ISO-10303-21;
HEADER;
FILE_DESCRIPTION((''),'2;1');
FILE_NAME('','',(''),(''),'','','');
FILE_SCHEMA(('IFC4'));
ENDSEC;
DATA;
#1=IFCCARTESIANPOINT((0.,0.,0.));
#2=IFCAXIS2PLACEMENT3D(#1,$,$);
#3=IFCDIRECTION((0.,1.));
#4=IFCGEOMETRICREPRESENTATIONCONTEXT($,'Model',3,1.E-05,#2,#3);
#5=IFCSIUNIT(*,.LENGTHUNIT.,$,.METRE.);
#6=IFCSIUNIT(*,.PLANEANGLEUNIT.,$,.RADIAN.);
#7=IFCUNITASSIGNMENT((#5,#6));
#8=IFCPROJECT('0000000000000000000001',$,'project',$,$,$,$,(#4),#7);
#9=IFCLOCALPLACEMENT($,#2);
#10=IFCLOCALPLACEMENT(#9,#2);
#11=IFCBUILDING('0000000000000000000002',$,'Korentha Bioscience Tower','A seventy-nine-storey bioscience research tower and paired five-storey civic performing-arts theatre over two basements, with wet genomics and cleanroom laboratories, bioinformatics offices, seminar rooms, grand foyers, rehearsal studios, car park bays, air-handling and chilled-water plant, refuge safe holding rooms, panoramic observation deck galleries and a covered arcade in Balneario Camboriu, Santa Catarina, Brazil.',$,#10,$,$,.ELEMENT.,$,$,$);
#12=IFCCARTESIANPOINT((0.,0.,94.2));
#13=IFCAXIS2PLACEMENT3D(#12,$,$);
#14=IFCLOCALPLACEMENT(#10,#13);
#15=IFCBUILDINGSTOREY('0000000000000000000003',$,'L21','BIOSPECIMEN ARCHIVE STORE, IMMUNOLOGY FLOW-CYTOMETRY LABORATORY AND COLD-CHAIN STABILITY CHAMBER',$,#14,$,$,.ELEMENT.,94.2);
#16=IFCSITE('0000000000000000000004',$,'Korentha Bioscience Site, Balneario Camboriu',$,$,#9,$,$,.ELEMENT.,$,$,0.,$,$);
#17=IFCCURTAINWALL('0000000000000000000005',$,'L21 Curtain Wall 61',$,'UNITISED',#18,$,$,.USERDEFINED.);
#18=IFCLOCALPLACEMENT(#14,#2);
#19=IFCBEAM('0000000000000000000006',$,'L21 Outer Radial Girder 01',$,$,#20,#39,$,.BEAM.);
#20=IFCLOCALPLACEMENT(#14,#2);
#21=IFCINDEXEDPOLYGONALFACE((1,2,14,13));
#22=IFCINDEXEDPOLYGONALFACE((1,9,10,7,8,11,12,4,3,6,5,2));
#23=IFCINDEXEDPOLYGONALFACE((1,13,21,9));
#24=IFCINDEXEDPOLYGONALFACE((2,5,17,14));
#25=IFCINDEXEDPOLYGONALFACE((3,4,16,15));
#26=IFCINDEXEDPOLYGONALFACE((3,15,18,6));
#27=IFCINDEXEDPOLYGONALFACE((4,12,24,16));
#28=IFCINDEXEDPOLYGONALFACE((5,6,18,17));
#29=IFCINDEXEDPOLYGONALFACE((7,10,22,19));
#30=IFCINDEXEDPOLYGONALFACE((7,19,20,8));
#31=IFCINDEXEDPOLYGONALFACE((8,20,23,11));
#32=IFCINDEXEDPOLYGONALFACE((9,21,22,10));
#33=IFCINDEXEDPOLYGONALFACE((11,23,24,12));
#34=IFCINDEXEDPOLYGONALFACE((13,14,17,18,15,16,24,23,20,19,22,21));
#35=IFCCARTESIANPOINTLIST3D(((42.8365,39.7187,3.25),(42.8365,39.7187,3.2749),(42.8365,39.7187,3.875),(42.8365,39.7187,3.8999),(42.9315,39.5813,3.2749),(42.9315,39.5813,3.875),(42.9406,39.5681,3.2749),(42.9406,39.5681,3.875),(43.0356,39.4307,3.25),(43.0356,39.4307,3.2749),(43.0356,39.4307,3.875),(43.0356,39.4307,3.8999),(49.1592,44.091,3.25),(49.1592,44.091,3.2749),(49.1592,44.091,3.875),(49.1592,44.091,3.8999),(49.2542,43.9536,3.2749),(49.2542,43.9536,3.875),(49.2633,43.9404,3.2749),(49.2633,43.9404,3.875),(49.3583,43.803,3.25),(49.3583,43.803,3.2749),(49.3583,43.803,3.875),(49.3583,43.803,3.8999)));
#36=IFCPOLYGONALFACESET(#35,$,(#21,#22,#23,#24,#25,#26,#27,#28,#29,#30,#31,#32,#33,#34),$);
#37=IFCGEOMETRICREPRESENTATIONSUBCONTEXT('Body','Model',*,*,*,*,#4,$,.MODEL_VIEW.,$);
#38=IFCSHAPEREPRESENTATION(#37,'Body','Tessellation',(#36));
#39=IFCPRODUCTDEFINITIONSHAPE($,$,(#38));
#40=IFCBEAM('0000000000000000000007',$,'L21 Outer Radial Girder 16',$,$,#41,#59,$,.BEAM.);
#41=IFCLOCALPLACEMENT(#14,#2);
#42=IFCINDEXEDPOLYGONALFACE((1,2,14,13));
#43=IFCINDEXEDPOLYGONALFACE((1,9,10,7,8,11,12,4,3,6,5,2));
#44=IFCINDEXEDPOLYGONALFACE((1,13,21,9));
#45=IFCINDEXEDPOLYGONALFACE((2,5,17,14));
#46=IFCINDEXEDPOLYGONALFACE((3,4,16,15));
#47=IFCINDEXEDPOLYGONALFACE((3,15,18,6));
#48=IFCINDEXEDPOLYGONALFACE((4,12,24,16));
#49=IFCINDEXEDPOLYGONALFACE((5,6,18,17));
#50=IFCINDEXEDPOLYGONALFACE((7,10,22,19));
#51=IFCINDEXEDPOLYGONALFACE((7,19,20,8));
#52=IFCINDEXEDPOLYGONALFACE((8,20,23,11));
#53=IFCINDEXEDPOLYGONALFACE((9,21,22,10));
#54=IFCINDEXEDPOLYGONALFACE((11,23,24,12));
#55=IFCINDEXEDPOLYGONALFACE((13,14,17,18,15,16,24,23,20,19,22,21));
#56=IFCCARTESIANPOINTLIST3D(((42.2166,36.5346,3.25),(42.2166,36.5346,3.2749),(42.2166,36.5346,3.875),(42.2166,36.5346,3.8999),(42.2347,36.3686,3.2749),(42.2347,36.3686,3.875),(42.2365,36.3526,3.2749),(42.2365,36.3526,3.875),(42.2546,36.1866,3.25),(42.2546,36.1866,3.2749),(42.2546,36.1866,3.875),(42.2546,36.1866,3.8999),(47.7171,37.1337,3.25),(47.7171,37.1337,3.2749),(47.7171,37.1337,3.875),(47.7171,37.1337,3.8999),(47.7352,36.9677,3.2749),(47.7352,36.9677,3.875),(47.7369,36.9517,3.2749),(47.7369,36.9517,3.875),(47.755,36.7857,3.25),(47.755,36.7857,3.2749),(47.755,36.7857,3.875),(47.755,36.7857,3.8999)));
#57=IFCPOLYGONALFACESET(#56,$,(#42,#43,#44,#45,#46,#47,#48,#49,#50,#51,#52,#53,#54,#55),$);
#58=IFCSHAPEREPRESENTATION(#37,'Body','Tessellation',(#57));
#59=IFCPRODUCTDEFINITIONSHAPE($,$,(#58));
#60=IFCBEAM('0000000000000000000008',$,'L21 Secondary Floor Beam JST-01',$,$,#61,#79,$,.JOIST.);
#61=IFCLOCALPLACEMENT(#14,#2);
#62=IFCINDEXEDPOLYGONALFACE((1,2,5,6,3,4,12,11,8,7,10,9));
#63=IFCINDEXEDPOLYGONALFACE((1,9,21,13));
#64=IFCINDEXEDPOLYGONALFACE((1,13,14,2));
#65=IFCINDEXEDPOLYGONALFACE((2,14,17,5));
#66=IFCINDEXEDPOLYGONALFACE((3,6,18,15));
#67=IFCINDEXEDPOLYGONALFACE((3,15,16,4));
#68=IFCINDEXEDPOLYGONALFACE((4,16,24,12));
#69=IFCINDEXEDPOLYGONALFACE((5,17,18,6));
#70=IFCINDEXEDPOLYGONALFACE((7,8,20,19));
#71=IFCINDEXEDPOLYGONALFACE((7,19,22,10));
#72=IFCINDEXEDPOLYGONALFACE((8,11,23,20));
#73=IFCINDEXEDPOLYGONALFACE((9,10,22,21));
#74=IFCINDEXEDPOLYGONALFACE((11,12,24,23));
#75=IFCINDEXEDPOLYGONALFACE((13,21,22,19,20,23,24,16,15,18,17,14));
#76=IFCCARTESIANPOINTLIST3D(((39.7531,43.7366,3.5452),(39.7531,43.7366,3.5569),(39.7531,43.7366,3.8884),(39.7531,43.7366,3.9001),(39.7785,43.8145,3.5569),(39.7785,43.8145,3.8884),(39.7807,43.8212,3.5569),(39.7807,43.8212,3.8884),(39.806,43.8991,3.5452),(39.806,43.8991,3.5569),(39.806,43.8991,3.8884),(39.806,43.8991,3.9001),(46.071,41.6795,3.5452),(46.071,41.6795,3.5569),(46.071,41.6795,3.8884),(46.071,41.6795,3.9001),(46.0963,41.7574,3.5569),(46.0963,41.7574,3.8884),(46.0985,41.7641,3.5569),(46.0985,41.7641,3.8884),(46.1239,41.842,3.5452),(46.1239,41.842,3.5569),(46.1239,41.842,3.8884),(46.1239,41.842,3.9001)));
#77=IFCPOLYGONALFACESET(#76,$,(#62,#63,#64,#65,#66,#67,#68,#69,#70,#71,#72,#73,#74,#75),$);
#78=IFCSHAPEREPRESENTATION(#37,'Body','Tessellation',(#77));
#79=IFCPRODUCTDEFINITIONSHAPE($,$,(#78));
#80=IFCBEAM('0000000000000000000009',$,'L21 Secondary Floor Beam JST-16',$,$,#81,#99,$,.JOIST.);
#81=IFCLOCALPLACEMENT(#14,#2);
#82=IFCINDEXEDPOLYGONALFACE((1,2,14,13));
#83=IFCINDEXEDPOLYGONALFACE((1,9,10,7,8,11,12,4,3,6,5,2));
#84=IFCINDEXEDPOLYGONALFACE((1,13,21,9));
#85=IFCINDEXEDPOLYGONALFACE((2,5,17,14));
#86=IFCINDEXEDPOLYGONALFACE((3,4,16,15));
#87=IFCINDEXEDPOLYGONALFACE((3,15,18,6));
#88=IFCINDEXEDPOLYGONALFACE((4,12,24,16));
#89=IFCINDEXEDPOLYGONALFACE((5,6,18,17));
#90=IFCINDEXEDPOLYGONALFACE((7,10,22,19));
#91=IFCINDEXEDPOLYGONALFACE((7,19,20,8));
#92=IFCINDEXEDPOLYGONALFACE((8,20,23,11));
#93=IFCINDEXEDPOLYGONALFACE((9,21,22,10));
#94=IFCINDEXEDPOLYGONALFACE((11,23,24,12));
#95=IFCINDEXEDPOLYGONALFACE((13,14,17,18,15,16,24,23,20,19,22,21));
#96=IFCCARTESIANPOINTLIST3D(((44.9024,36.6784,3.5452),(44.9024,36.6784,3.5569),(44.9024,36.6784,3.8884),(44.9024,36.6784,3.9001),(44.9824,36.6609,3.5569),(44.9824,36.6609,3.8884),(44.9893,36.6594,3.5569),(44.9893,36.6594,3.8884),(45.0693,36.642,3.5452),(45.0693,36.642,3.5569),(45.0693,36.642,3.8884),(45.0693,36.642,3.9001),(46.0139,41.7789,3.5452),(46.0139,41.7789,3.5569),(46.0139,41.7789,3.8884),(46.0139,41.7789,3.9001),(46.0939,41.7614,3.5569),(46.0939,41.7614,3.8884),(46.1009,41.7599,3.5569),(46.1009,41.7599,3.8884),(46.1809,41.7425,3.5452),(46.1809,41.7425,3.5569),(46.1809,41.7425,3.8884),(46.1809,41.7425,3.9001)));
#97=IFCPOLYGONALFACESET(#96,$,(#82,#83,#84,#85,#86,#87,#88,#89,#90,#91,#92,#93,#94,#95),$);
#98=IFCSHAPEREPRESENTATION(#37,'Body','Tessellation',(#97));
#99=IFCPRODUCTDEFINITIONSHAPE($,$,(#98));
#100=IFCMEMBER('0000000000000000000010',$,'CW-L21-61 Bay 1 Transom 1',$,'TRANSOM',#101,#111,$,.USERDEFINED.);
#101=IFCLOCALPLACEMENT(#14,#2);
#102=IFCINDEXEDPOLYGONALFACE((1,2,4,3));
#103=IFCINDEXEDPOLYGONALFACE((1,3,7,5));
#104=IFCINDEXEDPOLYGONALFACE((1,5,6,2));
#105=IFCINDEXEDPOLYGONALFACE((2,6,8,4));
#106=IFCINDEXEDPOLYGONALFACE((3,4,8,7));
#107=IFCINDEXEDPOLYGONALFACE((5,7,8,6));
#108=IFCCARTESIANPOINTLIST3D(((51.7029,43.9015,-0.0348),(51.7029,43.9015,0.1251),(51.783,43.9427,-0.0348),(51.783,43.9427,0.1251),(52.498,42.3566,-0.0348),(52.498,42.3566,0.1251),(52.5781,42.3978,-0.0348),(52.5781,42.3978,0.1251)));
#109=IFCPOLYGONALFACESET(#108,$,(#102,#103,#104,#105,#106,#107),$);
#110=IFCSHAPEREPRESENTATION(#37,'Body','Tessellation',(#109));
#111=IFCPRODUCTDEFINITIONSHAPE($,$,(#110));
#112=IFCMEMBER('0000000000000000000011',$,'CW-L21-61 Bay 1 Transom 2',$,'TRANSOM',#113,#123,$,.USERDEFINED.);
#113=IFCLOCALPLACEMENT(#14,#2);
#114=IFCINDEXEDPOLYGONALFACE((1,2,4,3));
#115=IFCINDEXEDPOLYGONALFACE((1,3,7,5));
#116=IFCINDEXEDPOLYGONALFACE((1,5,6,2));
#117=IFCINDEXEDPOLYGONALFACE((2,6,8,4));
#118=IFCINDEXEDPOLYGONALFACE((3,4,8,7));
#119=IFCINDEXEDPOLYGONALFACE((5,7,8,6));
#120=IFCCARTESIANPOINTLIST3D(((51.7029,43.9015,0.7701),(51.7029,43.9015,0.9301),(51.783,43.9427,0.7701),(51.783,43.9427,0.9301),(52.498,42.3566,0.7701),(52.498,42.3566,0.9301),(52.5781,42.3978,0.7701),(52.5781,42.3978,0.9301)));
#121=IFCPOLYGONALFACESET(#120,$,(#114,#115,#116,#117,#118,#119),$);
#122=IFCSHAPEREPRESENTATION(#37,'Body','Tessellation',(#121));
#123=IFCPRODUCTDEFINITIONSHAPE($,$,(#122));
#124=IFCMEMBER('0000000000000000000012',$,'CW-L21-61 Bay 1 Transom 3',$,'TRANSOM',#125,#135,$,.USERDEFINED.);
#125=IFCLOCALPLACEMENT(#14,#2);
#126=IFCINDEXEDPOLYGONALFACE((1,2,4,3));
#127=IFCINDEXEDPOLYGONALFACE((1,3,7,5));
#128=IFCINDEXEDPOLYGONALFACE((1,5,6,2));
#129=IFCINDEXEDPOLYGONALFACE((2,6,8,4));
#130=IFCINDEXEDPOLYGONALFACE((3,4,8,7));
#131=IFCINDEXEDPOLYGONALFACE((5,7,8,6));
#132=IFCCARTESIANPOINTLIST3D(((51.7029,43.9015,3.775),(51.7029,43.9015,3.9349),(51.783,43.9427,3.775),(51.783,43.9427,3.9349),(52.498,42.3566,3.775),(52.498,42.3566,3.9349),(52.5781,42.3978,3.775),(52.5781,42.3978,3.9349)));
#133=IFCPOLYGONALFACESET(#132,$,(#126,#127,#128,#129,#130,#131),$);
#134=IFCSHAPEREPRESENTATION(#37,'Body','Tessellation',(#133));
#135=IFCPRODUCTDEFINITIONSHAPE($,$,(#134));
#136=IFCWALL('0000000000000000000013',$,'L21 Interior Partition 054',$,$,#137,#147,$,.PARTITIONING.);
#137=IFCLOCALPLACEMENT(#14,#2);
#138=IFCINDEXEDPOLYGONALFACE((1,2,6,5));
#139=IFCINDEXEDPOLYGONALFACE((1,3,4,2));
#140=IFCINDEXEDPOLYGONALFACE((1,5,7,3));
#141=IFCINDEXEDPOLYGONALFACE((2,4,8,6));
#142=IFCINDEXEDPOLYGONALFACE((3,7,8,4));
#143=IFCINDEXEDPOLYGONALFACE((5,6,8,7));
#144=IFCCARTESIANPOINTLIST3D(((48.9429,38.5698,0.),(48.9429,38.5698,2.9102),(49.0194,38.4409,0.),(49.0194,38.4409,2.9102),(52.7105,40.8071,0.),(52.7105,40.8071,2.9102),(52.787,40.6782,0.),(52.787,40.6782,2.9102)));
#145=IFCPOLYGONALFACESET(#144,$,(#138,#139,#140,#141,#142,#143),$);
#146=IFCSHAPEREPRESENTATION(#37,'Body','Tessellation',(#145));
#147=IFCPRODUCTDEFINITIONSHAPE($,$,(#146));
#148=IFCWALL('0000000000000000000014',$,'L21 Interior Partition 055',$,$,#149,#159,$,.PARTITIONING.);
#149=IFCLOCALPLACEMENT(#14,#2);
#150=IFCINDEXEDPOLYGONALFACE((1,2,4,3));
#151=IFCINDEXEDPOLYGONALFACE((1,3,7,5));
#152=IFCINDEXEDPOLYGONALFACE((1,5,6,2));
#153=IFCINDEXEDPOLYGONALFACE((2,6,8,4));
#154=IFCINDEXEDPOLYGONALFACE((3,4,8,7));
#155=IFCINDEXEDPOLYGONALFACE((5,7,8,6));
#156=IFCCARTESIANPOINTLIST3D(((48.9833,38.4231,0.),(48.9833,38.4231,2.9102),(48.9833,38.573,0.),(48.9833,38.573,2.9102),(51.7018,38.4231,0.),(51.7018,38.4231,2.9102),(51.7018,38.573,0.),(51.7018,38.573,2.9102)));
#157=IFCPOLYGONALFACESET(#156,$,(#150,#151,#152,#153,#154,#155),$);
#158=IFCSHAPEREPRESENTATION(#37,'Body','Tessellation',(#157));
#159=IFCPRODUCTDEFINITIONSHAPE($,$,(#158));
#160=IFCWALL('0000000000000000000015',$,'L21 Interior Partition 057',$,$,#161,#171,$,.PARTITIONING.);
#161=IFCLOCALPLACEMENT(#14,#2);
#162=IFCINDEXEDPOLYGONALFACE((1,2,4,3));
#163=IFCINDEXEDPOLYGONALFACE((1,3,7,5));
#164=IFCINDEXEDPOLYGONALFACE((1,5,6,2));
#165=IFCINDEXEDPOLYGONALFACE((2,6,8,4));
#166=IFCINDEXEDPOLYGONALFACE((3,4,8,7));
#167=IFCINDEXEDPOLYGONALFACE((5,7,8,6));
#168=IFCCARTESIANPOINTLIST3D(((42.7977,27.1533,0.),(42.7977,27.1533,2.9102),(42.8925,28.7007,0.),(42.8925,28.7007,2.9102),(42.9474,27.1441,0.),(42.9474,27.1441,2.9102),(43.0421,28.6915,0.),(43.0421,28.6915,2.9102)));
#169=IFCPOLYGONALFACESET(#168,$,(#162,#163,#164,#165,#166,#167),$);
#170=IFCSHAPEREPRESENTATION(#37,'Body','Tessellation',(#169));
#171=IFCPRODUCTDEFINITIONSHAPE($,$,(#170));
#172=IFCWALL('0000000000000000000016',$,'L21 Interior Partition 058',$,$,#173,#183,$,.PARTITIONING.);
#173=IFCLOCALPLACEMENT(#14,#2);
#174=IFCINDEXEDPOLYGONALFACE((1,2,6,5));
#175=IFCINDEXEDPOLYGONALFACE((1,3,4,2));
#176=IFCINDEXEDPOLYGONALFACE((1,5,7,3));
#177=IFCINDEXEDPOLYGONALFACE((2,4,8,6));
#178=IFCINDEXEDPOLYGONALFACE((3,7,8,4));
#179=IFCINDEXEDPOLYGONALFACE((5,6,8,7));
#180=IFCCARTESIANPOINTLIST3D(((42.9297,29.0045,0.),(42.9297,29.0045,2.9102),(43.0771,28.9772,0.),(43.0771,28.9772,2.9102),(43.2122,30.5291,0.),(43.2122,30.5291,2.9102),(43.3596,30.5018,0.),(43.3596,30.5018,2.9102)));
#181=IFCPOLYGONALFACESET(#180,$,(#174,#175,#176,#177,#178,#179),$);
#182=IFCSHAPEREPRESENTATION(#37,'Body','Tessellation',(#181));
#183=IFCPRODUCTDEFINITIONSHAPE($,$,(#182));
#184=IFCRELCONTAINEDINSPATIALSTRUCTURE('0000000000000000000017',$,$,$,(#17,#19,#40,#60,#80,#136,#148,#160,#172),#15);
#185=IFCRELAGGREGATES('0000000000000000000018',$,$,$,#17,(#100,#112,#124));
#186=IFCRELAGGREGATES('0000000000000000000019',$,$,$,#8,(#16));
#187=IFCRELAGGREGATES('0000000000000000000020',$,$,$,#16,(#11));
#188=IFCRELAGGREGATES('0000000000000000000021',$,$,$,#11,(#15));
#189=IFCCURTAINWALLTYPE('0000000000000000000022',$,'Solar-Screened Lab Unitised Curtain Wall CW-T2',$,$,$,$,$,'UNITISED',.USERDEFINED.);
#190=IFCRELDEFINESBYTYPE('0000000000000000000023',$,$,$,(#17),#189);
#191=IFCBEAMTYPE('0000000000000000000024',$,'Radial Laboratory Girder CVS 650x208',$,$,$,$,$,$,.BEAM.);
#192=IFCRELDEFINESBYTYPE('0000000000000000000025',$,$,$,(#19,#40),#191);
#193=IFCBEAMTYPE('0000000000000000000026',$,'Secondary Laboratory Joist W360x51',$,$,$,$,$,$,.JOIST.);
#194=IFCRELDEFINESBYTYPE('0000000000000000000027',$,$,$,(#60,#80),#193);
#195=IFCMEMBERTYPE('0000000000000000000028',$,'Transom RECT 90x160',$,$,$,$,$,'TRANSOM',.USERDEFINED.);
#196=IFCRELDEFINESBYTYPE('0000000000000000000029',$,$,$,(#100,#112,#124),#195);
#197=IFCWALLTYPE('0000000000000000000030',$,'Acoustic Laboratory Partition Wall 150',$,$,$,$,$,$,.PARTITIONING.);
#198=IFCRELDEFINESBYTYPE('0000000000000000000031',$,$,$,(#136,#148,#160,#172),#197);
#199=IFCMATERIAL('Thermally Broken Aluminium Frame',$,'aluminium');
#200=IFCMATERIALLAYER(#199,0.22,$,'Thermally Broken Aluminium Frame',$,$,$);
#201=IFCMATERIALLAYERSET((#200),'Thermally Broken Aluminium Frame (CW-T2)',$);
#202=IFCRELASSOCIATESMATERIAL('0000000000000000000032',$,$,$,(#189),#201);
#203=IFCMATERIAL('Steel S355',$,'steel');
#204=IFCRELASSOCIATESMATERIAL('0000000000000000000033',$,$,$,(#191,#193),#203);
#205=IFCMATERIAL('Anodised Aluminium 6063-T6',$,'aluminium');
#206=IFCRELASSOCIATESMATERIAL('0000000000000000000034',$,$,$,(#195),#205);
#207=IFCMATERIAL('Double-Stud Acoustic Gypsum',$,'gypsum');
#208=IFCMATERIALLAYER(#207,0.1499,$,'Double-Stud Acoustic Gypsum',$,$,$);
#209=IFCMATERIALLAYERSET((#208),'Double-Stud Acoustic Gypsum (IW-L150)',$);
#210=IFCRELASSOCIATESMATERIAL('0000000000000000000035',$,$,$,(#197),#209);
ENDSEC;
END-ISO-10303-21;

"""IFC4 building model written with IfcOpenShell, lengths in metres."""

from ifc_helpers import new_model, si_unit, direction, frame, frame_2d, origin, origin_2d, place, context, subcontext, project, spatial, rectangle, i_section, extrude, material, layer, layer_set, material_profile, profile_set, type_object, element, aggregate, save


model = new_model("IFC4")

# Units and contexts
model_context = context("Model", 3, precision=1e-05, world=origin(), true_north=direction((0.0, 1.0)))
body_context = subcontext(model_context, "Body", "Model", "MODEL_VIEW")
ifc_project = project(units=[si_unit("LENGTHUNIT", "METRE"), si_unit("PLANEANGLEUNIT", "RADIAN")], contexts=[model_context])

# Site, building, storey
site_placement = place(None, origin())
site = spatial("IfcSite", under=ifc_project, at=site_placement, Name="Korentha Bioscience Site, Balneario Camboriu", CompositionType="ELEMENT", RefElevation=0.0)
building_placement = place(site_placement, origin())
building = spatial("IfcBuilding", under=site, at=building_placement, Name="Korentha Bioscience Tower", Description="A seventy-nine-storey bioscience research tower and paired five-storey civic performing-arts theatre over two basements, with wet genomics and cleanroom laboratories, bioinformatics offices, seminar rooms, grand foyers, rehearsal studios, car park bays, air-handling and chilled-water plant, refuge safe holding rooms, panoramic observation deck galleries and a covered arcade in Balneario Camboriu, Santa Catarina, Brazil.", CompositionType="ELEMENT")
storey_placement = place(building_placement, frame((0.0, 0.0, 94.2)))
storey = spatial("IfcBuildingStorey", under=building, at=storey_placement, Name="L21", Description="BIOSPECIMEN ARCHIVE STORE, IMMUNOLOGY FLOW-CYTOMETRY LABORATORY AND COLD-CHAIN STABILITY CHAMBER", CompositionType="ELEMENT", Elevation=94.2)

# Shared definitions
ifc_material_1 = material(Name="Steel S355", Category="steel")

# Curtain wall
ifc_material_2 = material(Name="Thermally Broken Aluminium Frame", Category="aluminium")
ifc_layer_1 = layer(ifc_material_2, 0.22, Name="Thermally Broken Aluminium Frame")
ifc_layer_set_1 = layer_set([ifc_layer_1], Name="Thermally Broken Aluminium Frame (CW-T2)")
curtain_wall_type = type_object("IfcCurtainWallType", Name="Solar-Screened Lab Unitised Curtain Wall CW-T2", ElementType="UNITISED", PredefinedType="USERDEFINED", material=ifc_layer_set_1)
curtain_wall_placement = place(storey_placement, origin())
curtain_wall = element("IfcCurtainWall", 1, at=curtain_wall_placement, inside=storey, type_object=curtain_wall_type, Name="L21 Curtain Wall 61", ObjectType="UNITISED", PredefinedType="USERDEFINED")
ifc_material_3 = material(Name="Anodised Aluminium 6063-T6", Category="aluminium")

# Beams
ifc_material_profile_1 = material_profile(ifc_material_1, i_section(OverallWidth=0.3501, OverallDepth=0.6499, WebThickness=0.0161, FlangeThickness=0.0249, at=origin_2d()), Name="Steel S355")
ifc_profile_set_1 = profile_set([ifc_material_profile_1], Name="Steel S355 (RB-650)")
beam_type_1 = type_object("IfcBeamType", Name="Radial Laboratory Girder CVS 650x208", PredefinedType="BEAM", material=ifc_profile_set_1)
beam_1_placement = place(storey_placement, frame((42.936, 39.5747, 3.575), z_axis=(0.822495, 0.568772, 0.0), x_axis=(-0.568772, 0.822495, 0.0)))
element("IfcBeam", 2, at=beam_1_placement, inside=storey, type_object=beam_type_1, Name="L21 Outer Radial Girder 01", PredefinedType="BEAM", context=body_context, shape_type="SweptSolid", body=[
    extrude(i_section(OverallWidth=0.3501, OverallDepth=0.6499, WebThickness=0.0161, FlangeThickness=0.0249, at=origin_2d()), origin(), (0.0, 0.0, 1.0), 7.6873),
])
beam_2_placement = place(storey_placement, frame((42.2356, 36.3606, 3.575), z_axis=(0.99412, 0.108281, 0.0), x_axis=(-0.108281, 0.99412, 0.0)))
element("IfcBeam", 3, at=beam_2_placement, inside=storey, type_object=beam_type_1, Name="L21 Outer Radial Girder 16", PredefinedType="BEAM", context=body_context, shape_type="SweptSolid", body=[
    extrude(i_section(OverallWidth=0.3501, OverallDepth=0.6499, WebThickness=0.0161, FlangeThickness=0.0249, at=origin_2d()), origin(), (0.0, 0.0, 1.0), 5.533),
])
ifc_material_profile_2 = material_profile(ifc_material_1, i_section(OverallWidth=0.1709, OverallDepth=0.355, WebThickness=0.0071, FlangeThickness=0.0117, at=origin_2d()), Name="Steel S355")
ifc_profile_set_2 = profile_set([ifc_material_profile_2], Name="Steel S355 (JB-360)")
beam_type_2 = type_object("IfcBeamType", Name="Secondary Laboratory Joist W360x51", PredefinedType="JOIST", material=ifc_profile_set_2)
beam_3_placement = place(storey_placement, frame((46.0974, 41.7607, 3.7227), z_axis=(-0.950865, 0.309606, 0.0), x_axis=(-0.309606, -0.950865, 0.0)))
element("IfcBeam", 4, at=beam_3_placement, inside=storey, type_object=beam_type_2, Name="L21 Secondary Floor Beam JST-01", PredefinedType="JOIST", context=body_context, shape_type="SweptSolid", body=[
    extrude(i_section(OverallWidth=0.1709, OverallDepth=0.355, WebThickness=0.0071, FlangeThickness=0.0117, at=origin_2d()), origin(), (0.0, 0.0, 1.0), 6.6443),
])
beam_4_placement = place(storey_placement, frame((44.9858, 36.6602, 3.7227), z_axis=(0.212932, 0.977067, 0.0), x_axis=(-0.977067, 0.212932, 0.0)))
element("IfcBeam", 5, at=beam_4_placement, inside=storey, type_object=beam_type_2, Name="L21 Secondary Floor Beam JST-16", PredefinedType="JOIST", context=body_context, shape_type="SweptSolid", body=[
    extrude(i_section(OverallWidth=0.1709, OverallDepth=0.355, WebThickness=0.0071, FlangeThickness=0.0117, at=origin_2d()), origin(), (0.0, 0.0, 1.0), 5.2202),
])

# Members
ifc_material_profile_3 = material_profile(ifc_material_3, rectangle(XDim=0.0901, YDim=0.1599, at=origin_2d()), Name="Anodised Aluminium 6063-T6")
ifc_profile_set_3 = profile_set([ifc_material_profile_3], Name="Anodised Aluminium 6063-T6 (CW-TRN)")
member_type_1 = type_object("IfcMemberType", Name="Transom RECT 90x160", ElementType="TRANSOM", PredefinedType="USERDEFINED", material=ifc_profile_set_3)
member_1_placement = place(storey_placement, frame((52.5381, 42.3772, 0.0452), z_axis=(-0.457637, 0.889139, 0.0), x_axis=(-0.889139, -0.457637, 0.0)))
member_1 = element("IfcMember", 6, at=member_1_placement, type_object=member_type_1, Name="CW-L21-61 Bay 1 Transom 1", ObjectType="TRANSOM", PredefinedType="USERDEFINED", context=body_context, shape_type="SweptSolid", body=[
    extrude(rectangle(XDim=0.0901, YDim=0.1599, at=origin_2d()), origin(), (0.0, 0.0, 1.0), 1.7375),
])
member_2_placement = place(storey_placement, frame((52.5381, 42.3772, 0.8501), z_axis=(-0.457637, 0.889139, 0.0), x_axis=(-0.889139, -0.457637, 0.0)))
member_2 = element("IfcMember", 7, at=member_2_placement, type_object=member_type_1, Name="CW-L21-61 Bay 1 Transom 2", ObjectType="TRANSOM", PredefinedType="USERDEFINED", context=body_context, shape_type="SweptSolid", body=[
    extrude(rectangle(XDim=0.0901, YDim=0.1599, at=origin_2d()), origin(), (0.0, 0.0, 1.0), 1.7375),
])
member_3_placement = place(storey_placement, frame((52.5381, 42.3772, 3.855), z_axis=(-0.457637, 0.889139, 0.0), x_axis=(-0.889139, -0.457637, 0.0)))
member_3 = element("IfcMember", 8, at=member_3_placement, type_object=member_type_1, Name="CW-L21-61 Bay 1 Transom 3", ObjectType="TRANSOM", PredefinedType="USERDEFINED", context=body_context, shape_type="SweptSolid", body=[
    extrude(rectangle(XDim=0.0901, YDim=0.1599, at=origin_2d()), origin(), (0.0, 0.0, 1.0), 1.7375),
])
aggregate(curtain_wall, [member_1, member_2, member_3])

# Walls
ifc_material_4 = material(Name="Double-Stud Acoustic Gypsum", Category="gypsum")
ifc_layer_2 = layer(ifc_material_4, 0.1499, Name="Double-Stud Acoustic Gypsum")
ifc_layer_set_2 = layer_set([ifc_layer_2], Name="Double-Stud Acoustic Gypsum (IW-L150)")
wall_type_1 = type_object("IfcWallType", Name="Acoustic Laboratory Partition Wall 150", PredefinedType="PARTITIONING", material=ifc_layer_set_2)
wall_1_placement = place(storey_placement, frame((52.7488, 40.7427, 0.0), z_axis=(0.0, 0.0, 1.0), x_axis=(-0.859824, -0.51059, 0.0)))
element("IfcWall", 9, at=wall_1_placement, inside=storey, type_object=wall_type_1, Name="L21 Interior Partition 054", PredefinedType="PARTITIONING", context=body_context, shape_type="SweptSolid", body=[
    extrude(rectangle(XDim=4.3818, YDim=0.1499, at=frame_2d((2.1909, 0.0))), origin(), (0.0, 0.0, 1.0), 2.9102),
])
wall_2_placement = place(storey_placement, frame((48.9832, 38.498, 0.0), z_axis=(0.0, 0.0, 1.0), x_axis=(1.0, 0.0, 0.0)))
element("IfcWall", 10, at=wall_2_placement, inside=storey, type_object=wall_type_1, Name="L21 Interior Partition 055", PredefinedType="PARTITIONING", context=body_context, shape_type="SweptSolid", body=[
    extrude(rectangle(XDim=2.7185, YDim=0.1499, at=frame_2d((1.3594, 0.0))), origin(), (0.0, 0.0, 1.0), 2.9102),
])
wall_3_placement = place(storey_placement, frame((42.8726, 27.1487, 0.0), z_axis=(0.0, 0.0, 1.0), x_axis=(0.061104, 0.998131, 0.0)))
element("IfcWall", 11, at=wall_3_placement, inside=storey, type_object=wall_type_1, Name="L21 Interior Partition 057", PredefinedType="PARTITIONING", context=body_context, shape_type="SweptSolid", body=[
    extrude(rectangle(XDim=1.5503, YDim=0.1499, at=frame_2d((0.7751, 0.0))), origin(), (0.0, 0.0, 1.0), 2.9102),
])
wall_4_placement = place(storey_placement, frame((43.0034, 28.9907, 0.0), z_axis=(0.0, 0.0, 1.0), x_axis=(0.182168, 0.983267, 0.0)))
element("IfcWall", 12, at=wall_4_placement, inside=storey, type_object=wall_type_1, Name="L21 Interior Partition 058", PredefinedType="PARTITIONING", context=body_context, shape_type="SweptSolid", body=[
    extrude(rectangle(XDim=1.5505, YDim=0.1499, at=frame_2d((0.7754, 0.0))), origin(), (0.0, 0.0, 1.0), 2.9102),
])

save(model, "model.ifc")
